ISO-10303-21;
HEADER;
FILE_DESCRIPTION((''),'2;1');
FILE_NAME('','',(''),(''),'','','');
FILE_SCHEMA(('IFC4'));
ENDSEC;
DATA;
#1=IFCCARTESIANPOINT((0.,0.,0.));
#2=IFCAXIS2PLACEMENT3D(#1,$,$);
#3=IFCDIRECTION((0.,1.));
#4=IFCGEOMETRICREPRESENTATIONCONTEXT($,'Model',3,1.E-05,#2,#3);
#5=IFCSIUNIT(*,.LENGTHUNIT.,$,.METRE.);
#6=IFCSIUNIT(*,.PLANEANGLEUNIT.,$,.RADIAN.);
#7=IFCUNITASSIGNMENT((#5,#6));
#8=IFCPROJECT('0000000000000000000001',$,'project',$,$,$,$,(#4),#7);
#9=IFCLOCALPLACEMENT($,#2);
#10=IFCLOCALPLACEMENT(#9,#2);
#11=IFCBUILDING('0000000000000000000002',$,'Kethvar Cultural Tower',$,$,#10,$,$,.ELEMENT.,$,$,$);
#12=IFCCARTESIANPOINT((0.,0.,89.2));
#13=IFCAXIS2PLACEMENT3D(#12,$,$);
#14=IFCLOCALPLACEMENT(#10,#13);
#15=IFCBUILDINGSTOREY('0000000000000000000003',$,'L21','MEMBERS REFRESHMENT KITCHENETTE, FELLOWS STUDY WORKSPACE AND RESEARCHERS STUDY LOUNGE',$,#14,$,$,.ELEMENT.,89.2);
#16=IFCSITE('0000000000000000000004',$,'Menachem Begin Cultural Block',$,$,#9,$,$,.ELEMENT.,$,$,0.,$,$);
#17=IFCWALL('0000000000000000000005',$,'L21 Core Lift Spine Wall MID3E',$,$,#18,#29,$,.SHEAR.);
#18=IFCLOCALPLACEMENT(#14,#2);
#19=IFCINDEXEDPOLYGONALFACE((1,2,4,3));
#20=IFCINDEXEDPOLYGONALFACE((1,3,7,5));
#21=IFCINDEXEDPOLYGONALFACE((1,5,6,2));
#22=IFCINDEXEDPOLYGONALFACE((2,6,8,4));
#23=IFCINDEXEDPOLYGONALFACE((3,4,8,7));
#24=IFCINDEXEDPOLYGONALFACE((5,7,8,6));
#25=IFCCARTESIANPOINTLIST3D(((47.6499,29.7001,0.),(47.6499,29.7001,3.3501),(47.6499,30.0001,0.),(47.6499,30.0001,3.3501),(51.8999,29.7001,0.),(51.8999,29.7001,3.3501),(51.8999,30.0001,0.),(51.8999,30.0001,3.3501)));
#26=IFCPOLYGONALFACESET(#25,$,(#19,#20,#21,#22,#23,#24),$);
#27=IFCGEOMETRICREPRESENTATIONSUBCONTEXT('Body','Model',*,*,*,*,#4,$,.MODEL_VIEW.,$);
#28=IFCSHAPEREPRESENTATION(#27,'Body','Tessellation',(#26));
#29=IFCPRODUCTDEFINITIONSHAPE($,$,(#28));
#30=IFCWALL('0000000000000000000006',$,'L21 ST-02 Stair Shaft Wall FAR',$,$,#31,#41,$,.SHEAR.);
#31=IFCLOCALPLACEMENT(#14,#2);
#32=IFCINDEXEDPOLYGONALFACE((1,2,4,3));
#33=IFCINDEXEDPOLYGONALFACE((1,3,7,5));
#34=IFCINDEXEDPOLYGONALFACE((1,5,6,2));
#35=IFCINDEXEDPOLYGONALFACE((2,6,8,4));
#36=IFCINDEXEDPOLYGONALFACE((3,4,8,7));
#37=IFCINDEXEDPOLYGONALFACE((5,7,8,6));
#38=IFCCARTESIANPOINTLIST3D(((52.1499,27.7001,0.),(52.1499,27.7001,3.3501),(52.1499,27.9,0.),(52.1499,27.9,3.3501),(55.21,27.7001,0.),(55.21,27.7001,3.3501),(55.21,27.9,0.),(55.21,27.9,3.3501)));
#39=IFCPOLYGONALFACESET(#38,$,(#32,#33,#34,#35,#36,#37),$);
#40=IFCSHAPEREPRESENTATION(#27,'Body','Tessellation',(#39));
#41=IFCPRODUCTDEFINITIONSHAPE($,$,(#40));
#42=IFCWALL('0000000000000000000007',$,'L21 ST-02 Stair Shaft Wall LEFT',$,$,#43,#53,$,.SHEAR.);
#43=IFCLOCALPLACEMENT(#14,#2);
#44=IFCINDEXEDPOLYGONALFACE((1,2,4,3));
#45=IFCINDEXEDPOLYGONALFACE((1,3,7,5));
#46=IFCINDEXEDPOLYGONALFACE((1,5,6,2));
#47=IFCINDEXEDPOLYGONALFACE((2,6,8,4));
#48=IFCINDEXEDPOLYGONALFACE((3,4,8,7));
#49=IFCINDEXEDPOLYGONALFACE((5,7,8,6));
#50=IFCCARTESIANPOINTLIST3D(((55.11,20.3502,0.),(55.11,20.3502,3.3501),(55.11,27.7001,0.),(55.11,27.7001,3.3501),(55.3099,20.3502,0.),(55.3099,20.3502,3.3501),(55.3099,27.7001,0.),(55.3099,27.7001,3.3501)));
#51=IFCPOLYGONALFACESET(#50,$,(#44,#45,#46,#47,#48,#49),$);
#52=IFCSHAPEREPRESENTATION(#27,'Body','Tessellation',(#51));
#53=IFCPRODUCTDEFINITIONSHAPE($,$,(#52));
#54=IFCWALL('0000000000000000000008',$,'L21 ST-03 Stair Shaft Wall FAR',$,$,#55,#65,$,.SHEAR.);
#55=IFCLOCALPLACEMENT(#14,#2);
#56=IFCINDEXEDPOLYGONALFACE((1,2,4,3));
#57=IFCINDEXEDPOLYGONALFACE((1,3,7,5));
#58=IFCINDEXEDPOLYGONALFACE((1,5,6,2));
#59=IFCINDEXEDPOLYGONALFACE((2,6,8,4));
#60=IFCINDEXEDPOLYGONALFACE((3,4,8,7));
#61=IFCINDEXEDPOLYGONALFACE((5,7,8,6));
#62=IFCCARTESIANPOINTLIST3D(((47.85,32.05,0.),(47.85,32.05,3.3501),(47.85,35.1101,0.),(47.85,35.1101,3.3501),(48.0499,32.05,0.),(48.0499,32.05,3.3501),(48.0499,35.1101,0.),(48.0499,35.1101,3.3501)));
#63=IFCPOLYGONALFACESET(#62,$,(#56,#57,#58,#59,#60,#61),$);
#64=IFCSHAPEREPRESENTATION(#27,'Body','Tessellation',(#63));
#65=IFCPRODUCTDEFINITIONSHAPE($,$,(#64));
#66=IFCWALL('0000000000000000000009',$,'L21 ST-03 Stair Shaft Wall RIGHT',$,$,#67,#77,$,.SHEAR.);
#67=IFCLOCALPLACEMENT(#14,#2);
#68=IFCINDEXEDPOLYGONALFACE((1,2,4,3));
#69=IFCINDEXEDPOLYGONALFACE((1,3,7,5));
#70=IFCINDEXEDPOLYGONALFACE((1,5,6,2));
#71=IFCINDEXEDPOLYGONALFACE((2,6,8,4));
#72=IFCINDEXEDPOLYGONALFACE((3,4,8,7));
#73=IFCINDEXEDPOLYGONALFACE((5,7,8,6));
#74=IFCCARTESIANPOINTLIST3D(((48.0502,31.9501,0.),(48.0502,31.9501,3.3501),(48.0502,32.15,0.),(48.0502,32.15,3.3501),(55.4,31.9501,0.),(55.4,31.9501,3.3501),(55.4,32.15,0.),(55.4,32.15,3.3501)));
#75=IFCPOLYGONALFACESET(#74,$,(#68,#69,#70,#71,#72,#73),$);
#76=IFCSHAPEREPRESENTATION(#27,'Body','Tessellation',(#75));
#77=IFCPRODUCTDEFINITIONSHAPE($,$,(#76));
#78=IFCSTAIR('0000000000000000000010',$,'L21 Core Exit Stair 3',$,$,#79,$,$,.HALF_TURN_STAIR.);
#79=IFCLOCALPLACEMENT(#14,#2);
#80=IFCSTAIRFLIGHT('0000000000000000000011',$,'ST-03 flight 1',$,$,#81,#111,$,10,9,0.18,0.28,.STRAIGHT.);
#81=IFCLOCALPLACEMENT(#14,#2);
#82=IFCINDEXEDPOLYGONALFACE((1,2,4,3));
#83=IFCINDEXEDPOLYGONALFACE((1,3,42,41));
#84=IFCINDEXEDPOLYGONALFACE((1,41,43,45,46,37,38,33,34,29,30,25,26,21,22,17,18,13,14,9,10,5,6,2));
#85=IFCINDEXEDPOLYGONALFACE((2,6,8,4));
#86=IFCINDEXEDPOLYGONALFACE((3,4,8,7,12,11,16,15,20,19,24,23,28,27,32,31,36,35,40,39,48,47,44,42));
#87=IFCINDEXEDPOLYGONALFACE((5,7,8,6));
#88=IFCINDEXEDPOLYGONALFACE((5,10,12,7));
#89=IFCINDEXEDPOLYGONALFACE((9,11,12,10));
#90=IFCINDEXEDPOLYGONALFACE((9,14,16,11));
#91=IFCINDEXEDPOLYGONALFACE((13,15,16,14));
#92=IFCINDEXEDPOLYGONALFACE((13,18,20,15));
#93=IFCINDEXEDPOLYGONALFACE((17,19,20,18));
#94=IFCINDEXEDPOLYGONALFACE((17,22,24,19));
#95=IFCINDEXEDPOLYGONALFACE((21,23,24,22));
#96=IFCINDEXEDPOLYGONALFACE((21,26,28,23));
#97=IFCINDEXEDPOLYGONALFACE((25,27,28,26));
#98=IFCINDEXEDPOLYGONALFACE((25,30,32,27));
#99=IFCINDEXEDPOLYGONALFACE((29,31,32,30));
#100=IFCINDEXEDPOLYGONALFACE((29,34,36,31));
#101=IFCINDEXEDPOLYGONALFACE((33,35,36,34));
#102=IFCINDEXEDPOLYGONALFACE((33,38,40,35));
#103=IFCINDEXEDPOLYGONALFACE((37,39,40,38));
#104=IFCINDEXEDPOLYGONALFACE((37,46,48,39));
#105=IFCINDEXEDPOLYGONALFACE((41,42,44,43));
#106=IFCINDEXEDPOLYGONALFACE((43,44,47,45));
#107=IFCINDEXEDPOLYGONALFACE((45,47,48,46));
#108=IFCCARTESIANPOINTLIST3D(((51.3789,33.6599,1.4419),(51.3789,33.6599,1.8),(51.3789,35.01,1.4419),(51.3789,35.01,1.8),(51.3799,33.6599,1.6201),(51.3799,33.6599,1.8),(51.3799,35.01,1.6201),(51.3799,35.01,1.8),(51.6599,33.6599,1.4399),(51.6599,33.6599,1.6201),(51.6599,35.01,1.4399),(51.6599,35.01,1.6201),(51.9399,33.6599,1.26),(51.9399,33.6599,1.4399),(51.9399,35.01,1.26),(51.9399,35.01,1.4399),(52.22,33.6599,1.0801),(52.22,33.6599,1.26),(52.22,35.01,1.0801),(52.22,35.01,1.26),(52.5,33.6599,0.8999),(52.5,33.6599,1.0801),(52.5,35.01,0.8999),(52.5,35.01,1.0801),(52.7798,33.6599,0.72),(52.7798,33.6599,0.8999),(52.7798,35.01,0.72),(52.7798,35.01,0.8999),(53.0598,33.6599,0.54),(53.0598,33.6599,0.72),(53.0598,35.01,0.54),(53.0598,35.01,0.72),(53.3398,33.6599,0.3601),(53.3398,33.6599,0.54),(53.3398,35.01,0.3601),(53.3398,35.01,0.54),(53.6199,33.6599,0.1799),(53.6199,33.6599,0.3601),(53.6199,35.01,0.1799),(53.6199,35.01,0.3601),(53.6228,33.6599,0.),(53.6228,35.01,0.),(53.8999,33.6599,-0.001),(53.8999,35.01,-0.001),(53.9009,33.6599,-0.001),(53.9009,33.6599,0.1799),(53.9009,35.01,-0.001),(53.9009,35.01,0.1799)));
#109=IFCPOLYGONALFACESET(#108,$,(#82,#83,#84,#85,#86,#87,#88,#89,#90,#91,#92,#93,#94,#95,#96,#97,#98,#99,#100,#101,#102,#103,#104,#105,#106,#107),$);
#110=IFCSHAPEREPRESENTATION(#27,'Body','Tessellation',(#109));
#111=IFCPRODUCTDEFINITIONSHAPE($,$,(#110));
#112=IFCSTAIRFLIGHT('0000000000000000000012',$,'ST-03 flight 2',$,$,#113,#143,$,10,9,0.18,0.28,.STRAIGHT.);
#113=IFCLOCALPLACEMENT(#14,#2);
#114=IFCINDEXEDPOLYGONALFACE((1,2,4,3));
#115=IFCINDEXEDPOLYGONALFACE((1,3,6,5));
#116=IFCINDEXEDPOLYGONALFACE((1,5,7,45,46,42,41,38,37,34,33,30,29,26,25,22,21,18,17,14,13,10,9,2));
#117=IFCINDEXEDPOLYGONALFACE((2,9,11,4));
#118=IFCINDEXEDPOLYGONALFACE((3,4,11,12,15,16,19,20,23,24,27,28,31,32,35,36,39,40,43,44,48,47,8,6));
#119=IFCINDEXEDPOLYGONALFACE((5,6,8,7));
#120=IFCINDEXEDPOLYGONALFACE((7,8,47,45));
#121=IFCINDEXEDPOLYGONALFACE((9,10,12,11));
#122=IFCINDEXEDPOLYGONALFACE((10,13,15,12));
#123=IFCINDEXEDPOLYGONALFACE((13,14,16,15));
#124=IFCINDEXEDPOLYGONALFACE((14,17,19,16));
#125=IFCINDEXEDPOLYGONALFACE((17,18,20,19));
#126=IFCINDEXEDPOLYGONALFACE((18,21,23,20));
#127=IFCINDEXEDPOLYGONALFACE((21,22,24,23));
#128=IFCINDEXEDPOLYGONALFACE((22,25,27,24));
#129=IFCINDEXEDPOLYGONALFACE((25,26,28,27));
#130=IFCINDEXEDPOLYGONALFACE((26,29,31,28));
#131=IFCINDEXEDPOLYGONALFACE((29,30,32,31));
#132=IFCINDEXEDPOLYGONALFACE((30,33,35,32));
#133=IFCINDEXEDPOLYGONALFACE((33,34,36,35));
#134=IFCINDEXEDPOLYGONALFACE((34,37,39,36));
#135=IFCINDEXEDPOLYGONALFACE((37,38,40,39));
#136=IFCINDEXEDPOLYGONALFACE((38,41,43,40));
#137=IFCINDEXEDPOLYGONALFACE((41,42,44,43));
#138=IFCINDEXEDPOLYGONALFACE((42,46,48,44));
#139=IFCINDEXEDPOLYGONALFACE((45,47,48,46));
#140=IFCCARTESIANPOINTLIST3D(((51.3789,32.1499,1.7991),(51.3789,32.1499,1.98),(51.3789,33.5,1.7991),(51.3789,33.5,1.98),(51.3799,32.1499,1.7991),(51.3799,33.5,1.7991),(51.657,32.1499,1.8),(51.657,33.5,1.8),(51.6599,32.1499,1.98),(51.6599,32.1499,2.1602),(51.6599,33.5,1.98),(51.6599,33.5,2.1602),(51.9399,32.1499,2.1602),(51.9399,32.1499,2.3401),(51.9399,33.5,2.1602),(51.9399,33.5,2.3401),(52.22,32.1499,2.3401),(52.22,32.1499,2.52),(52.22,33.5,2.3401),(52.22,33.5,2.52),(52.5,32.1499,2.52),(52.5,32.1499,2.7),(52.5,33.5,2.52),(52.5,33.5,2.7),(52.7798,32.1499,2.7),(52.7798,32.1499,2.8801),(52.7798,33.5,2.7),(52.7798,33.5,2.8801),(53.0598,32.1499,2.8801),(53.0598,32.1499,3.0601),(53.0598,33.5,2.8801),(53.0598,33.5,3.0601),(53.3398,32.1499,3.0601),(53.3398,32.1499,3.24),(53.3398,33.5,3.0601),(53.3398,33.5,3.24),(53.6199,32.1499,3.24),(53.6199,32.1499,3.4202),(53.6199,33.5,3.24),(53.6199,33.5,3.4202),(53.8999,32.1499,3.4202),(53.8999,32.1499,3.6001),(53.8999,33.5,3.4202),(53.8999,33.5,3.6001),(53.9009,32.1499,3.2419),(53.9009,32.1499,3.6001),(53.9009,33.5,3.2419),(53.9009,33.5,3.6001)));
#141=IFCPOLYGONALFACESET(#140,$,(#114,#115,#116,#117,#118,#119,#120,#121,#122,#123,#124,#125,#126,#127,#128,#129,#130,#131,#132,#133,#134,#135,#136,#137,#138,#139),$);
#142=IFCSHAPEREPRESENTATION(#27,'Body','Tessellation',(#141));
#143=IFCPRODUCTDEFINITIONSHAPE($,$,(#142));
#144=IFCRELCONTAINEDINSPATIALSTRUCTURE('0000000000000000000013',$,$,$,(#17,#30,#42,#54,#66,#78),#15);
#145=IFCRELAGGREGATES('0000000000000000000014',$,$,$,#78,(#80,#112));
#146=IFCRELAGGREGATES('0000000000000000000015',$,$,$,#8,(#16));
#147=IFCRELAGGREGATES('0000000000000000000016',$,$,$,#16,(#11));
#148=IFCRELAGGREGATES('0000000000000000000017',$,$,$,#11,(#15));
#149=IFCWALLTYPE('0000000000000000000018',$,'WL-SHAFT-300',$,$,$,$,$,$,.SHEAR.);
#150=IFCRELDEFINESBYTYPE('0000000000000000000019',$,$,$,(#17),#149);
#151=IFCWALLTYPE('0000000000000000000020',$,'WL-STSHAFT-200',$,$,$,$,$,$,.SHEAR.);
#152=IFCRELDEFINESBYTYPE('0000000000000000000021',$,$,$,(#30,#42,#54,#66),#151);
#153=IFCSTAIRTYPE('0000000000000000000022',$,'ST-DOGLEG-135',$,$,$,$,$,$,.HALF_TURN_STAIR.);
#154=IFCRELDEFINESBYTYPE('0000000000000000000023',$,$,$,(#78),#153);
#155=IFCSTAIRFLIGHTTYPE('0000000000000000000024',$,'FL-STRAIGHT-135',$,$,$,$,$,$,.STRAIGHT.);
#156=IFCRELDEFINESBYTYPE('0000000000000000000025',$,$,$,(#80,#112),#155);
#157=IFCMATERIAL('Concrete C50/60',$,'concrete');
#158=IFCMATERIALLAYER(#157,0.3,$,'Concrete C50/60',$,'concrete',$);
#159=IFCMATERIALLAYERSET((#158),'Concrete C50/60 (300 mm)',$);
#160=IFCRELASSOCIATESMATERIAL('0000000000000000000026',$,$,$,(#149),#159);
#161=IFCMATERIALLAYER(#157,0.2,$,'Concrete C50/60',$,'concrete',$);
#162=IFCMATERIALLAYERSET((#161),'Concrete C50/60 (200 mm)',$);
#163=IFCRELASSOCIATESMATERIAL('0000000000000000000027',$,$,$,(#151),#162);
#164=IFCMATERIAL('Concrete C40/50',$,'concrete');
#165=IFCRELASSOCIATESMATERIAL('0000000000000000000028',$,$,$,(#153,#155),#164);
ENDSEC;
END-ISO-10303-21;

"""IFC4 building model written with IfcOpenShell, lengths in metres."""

from ifc_helpers import new_model, si_unit, direction, frame, frame_2d, origin, place, context, subcontext, project, spatial, polyline, rectangle, outline, extrude, material, layer, layer_set, type_object, element, aggregate, save


model = new_model("IFC4")

# Units and contexts
model_context = context("Model", 3, precision=1e-05, world=origin(), true_north=direction((0.0, 1.0)))
body_context = subcontext(model_context, "Body", "Model", "MODEL_VIEW")
ifc_project = project(units=[si_unit("LENGTHUNIT", "METRE"), si_unit("PLANEANGLEUNIT", "RADIAN")], contexts=[model_context])

# Site, building, storey
site_placement = place(None, origin())
site = spatial("IfcSite", under=ifc_project, at=site_placement, Name="Menachem Begin Cultural Block", CompositionType="ELEMENT", RefElevation=0.0)
building_placement = place(site_placement, origin())
building = spatial("IfcBuilding", under=site, at=building_placement, Name="Kethvar Cultural Tower", CompositionType="ELEMENT")
storey_placement = place(building_placement, frame((0.0, 0.0, 89.2)))
storey = spatial("IfcBuildingStorey", under=building, at=storey_placement, Name="L21", Description="MEMBERS REFRESHMENT KITCHENETTE, FELLOWS STUDY WORKSPACE AND RESEARCHERS STUDY LOUNGE", CompositionType="ELEMENT", Elevation=89.2)

# Walls
ifc_material_1 = material(Name="Concrete C40/50", Category="concrete")
ifc_material_2 = material(Name="Concrete C50/60", Category="concrete")
ifc_layer_1 = layer(ifc_material_2, 0.3, Name="Concrete C50/60", Category="concrete")
ifc_layer_set_1 = layer_set([ifc_layer_1], Name="Concrete C50/60 (300 mm)")
wall_type_1 = type_object("IfcWallType", Name="WL-SHAFT-300", PredefinedType="SHEAR", material=ifc_layer_set_1)
wall_1_placement = place(storey_placement, frame((47.6499, 29.8501, 0.0), z_axis=(0.0, 0.0, 1.0), x_axis=(1.0, 0.0, 0.0)))
element("IfcWall", 1, at=wall_1_placement, inside=storey, type_object=wall_type_1, Name="L21 Core Lift Spine Wall MID3E", PredefinedType="SHEAR", context=body_context, shape_type="SweptSolid", body=[
    extrude(rectangle(XDim=4.25, YDim=0.3, at=frame_2d((2.125, 0.0))), origin(), (0.0, 0.0, 1.0), 3.3501),
])
ifc_layer_2 = layer(ifc_material_2, 0.2, Name="Concrete C50/60", Category="concrete")
ifc_layer_set_2 = layer_set([ifc_layer_2], Name="Concrete C50/60 (200 mm)")
wall_type_2 = type_object("IfcWallType", Name="WL-STSHAFT-200", PredefinedType="SHEAR", material=ifc_layer_set_2)
wall_2_placement = place(storey_placement, frame((52.1499, 27.8, 0.0), z_axis=(0.0, 0.0, 1.0), x_axis=(1.0, 0.0, 0.0)))
element("IfcWall", 2, at=wall_2_placement, inside=storey, type_object=wall_type_2, Name="L21 ST-02 Stair Shaft Wall FAR", PredefinedType="SHEAR", context=body_context, shape_type="SweptSolid", body=[
    extrude(rectangle(XDim=3.0601, YDim=0.2, at=frame_2d((1.53, 0.0))), origin(), (0.0, 0.0, 1.0), 3.3501),
])
wall_3_placement = place(storey_placement, frame((55.21, 27.7, 0.0), z_axis=(0.0, 0.0, 1.0), x_axis=(0.0, -1.0, 0.0)))
element("IfcWall", 3, at=wall_3_placement, inside=storey, type_object=wall_type_2, Name="L21 ST-02 Stair Shaft Wall LEFT", PredefinedType="SHEAR", context=body_context, shape_type="SweptSolid", body=[
    extrude(rectangle(XDim=7.3499, YDim=0.2, at=frame_2d((3.6748, 0.0))), origin(), (0.0, 0.0, 1.0), 3.3501),
])
wall_4_placement = place(storey_placement, frame((47.95, 32.05, 0.0), z_axis=(0.0, 0.0, 1.0), x_axis=(0.0, 1.0, 0.0)))
element("IfcWall", 4, at=wall_4_placement, inside=storey, type_object=wall_type_2, Name="L21 ST-03 Stair Shaft Wall FAR", PredefinedType="SHEAR", context=body_context, shape_type="SweptSolid", body=[
    extrude(rectangle(XDim=3.0601, YDim=0.2, at=frame_2d((1.53, 0.0))), origin(), (0.0, 0.0, 1.0), 3.3501),
])
wall_5_placement = place(storey_placement, frame((55.3999, 32.05, 0.0), z_axis=(0.0, 0.0, 1.0), x_axis=(-1.0, 0.0, 0.0)))
element("IfcWall", 5, at=wall_5_placement, inside=storey, type_object=wall_type_2, Name="L21 ST-03 Stair Shaft Wall RIGHT", PredefinedType="SHEAR", context=body_context, shape_type="SweptSolid", body=[
    extrude(rectangle(XDim=7.3499, YDim=0.2, at=frame_2d((3.6748, 0.0))), origin(), (0.0, 0.0, 1.0), 3.3501),
])

# Stair, stair flights
stair_type = type_object("IfcStairType", Name="ST-DOGLEG-135", PredefinedType="HALF_TURN_STAIR", material=ifc_material_1)
stair_placement = place(storey_placement, origin())
stair = element("IfcStair", 6, at=stair_placement, inside=storey, type_object=stair_type, Name="L21 Core Exit Stair 3", PredefinedType="HALF_TURN_STAIR")
stair_flight_type = type_object("IfcStairFlightType", Name="FL-STRAIGHT-135", PredefinedType="STRAIGHT", material=ifc_material_1)
stair_flight_1_placement = place(storey_placement, frame((53.8999, 34.335, 0.0), z_axis=(0.0, 0.0, 1.0), x_axis=(-1.0, 0.0, 0.0)))
stair_flight_1 = element("IfcStairFlight", 7, at=stair_flight_1_placement, type_object=stair_flight_type, Name="ST-03 flight 1", NumberOfRisers=10, NumberOfTreads=9, PredefinedType="STRAIGHT", RiserHeight=0.18, TreadLength=0.28, context=body_context, shape_type="SweptSolid", body=[
    extrude(outline(polyline([(-0.001, -0.001), (-0.001, 0.1799), (0.28, 0.1799), (0.28, 0.3601), (0.5601, 0.3601), (0.5601, 0.54), (0.8401, 0.54), (0.8401, 0.72), (1.1201, 0.72), (1.1201, 0.8999), (1.3999, 0.8999), (1.3999, 1.0801), (1.6799, 1.0801), (1.6799, 1.26), (1.96, 1.26), (1.96, 1.4399), (2.24, 1.4399), (2.24, 1.6201), (2.52, 1.6201), (2.52, 1.8), (2.521, 1.8), (2.521, 1.4419), (0.2771, 0.0), (0.0, -0.001), (-0.001, -0.001)])), frame((0.0, 0.675, 0.0), z_axis=(0.0, -1.0, 0.0), x_axis=(1.0, 0.0, 0.0)), (0.0, 0.0, 1.0), 1.3501),
])
stair_flight_2_placement = place(storey_placement, frame((51.3799, 32.825, 1.8), z_axis=(0.0, 0.0, 1.0), x_axis=(1.0, 0.0, 0.0)))
stair_flight_2 = element("IfcStairFlight", 8, at=stair_flight_2_placement, type_object=stair_flight_type, Name="ST-03 flight 2", NumberOfRisers=10, NumberOfTreads=9, PredefinedType="STRAIGHT", RiserHeight=0.18, TreadLength=0.28, context=body_context, shape_type="SweptSolid", body=[
    extrude(outline(polyline([(-0.001, -0.001), (-0.001, 0.1799), (0.28, 0.1799), (0.28, 0.3601), (0.5601, 0.3601), (0.5601, 0.54), (0.8401, 0.54), (0.8401, 0.72), (1.1201, 0.72), (1.1201, 0.8999), (1.3999, 0.8999), (1.3999, 1.0801), (1.6799, 1.0801), (1.6799, 1.26), (1.96, 1.26), (1.96, 1.4399), (2.24, 1.4399), (2.24, 1.6201), (2.52, 1.6201), (2.52, 1.8), (2.521, 1.8), (2.521, 1.4419), (0.2771, 0.0), (0.0, -0.001), (-0.001, -0.001)])), frame((0.0, 0.675, 0.0), z_axis=(0.0, -1.0, 0.0), x_axis=(1.0, 0.0, 0.0)), (0.0, 0.0, 1.0), 1.3501),
])
aggregate(stair, [stair_flight_1, stair_flight_2])

save(model, "model.ifc")
